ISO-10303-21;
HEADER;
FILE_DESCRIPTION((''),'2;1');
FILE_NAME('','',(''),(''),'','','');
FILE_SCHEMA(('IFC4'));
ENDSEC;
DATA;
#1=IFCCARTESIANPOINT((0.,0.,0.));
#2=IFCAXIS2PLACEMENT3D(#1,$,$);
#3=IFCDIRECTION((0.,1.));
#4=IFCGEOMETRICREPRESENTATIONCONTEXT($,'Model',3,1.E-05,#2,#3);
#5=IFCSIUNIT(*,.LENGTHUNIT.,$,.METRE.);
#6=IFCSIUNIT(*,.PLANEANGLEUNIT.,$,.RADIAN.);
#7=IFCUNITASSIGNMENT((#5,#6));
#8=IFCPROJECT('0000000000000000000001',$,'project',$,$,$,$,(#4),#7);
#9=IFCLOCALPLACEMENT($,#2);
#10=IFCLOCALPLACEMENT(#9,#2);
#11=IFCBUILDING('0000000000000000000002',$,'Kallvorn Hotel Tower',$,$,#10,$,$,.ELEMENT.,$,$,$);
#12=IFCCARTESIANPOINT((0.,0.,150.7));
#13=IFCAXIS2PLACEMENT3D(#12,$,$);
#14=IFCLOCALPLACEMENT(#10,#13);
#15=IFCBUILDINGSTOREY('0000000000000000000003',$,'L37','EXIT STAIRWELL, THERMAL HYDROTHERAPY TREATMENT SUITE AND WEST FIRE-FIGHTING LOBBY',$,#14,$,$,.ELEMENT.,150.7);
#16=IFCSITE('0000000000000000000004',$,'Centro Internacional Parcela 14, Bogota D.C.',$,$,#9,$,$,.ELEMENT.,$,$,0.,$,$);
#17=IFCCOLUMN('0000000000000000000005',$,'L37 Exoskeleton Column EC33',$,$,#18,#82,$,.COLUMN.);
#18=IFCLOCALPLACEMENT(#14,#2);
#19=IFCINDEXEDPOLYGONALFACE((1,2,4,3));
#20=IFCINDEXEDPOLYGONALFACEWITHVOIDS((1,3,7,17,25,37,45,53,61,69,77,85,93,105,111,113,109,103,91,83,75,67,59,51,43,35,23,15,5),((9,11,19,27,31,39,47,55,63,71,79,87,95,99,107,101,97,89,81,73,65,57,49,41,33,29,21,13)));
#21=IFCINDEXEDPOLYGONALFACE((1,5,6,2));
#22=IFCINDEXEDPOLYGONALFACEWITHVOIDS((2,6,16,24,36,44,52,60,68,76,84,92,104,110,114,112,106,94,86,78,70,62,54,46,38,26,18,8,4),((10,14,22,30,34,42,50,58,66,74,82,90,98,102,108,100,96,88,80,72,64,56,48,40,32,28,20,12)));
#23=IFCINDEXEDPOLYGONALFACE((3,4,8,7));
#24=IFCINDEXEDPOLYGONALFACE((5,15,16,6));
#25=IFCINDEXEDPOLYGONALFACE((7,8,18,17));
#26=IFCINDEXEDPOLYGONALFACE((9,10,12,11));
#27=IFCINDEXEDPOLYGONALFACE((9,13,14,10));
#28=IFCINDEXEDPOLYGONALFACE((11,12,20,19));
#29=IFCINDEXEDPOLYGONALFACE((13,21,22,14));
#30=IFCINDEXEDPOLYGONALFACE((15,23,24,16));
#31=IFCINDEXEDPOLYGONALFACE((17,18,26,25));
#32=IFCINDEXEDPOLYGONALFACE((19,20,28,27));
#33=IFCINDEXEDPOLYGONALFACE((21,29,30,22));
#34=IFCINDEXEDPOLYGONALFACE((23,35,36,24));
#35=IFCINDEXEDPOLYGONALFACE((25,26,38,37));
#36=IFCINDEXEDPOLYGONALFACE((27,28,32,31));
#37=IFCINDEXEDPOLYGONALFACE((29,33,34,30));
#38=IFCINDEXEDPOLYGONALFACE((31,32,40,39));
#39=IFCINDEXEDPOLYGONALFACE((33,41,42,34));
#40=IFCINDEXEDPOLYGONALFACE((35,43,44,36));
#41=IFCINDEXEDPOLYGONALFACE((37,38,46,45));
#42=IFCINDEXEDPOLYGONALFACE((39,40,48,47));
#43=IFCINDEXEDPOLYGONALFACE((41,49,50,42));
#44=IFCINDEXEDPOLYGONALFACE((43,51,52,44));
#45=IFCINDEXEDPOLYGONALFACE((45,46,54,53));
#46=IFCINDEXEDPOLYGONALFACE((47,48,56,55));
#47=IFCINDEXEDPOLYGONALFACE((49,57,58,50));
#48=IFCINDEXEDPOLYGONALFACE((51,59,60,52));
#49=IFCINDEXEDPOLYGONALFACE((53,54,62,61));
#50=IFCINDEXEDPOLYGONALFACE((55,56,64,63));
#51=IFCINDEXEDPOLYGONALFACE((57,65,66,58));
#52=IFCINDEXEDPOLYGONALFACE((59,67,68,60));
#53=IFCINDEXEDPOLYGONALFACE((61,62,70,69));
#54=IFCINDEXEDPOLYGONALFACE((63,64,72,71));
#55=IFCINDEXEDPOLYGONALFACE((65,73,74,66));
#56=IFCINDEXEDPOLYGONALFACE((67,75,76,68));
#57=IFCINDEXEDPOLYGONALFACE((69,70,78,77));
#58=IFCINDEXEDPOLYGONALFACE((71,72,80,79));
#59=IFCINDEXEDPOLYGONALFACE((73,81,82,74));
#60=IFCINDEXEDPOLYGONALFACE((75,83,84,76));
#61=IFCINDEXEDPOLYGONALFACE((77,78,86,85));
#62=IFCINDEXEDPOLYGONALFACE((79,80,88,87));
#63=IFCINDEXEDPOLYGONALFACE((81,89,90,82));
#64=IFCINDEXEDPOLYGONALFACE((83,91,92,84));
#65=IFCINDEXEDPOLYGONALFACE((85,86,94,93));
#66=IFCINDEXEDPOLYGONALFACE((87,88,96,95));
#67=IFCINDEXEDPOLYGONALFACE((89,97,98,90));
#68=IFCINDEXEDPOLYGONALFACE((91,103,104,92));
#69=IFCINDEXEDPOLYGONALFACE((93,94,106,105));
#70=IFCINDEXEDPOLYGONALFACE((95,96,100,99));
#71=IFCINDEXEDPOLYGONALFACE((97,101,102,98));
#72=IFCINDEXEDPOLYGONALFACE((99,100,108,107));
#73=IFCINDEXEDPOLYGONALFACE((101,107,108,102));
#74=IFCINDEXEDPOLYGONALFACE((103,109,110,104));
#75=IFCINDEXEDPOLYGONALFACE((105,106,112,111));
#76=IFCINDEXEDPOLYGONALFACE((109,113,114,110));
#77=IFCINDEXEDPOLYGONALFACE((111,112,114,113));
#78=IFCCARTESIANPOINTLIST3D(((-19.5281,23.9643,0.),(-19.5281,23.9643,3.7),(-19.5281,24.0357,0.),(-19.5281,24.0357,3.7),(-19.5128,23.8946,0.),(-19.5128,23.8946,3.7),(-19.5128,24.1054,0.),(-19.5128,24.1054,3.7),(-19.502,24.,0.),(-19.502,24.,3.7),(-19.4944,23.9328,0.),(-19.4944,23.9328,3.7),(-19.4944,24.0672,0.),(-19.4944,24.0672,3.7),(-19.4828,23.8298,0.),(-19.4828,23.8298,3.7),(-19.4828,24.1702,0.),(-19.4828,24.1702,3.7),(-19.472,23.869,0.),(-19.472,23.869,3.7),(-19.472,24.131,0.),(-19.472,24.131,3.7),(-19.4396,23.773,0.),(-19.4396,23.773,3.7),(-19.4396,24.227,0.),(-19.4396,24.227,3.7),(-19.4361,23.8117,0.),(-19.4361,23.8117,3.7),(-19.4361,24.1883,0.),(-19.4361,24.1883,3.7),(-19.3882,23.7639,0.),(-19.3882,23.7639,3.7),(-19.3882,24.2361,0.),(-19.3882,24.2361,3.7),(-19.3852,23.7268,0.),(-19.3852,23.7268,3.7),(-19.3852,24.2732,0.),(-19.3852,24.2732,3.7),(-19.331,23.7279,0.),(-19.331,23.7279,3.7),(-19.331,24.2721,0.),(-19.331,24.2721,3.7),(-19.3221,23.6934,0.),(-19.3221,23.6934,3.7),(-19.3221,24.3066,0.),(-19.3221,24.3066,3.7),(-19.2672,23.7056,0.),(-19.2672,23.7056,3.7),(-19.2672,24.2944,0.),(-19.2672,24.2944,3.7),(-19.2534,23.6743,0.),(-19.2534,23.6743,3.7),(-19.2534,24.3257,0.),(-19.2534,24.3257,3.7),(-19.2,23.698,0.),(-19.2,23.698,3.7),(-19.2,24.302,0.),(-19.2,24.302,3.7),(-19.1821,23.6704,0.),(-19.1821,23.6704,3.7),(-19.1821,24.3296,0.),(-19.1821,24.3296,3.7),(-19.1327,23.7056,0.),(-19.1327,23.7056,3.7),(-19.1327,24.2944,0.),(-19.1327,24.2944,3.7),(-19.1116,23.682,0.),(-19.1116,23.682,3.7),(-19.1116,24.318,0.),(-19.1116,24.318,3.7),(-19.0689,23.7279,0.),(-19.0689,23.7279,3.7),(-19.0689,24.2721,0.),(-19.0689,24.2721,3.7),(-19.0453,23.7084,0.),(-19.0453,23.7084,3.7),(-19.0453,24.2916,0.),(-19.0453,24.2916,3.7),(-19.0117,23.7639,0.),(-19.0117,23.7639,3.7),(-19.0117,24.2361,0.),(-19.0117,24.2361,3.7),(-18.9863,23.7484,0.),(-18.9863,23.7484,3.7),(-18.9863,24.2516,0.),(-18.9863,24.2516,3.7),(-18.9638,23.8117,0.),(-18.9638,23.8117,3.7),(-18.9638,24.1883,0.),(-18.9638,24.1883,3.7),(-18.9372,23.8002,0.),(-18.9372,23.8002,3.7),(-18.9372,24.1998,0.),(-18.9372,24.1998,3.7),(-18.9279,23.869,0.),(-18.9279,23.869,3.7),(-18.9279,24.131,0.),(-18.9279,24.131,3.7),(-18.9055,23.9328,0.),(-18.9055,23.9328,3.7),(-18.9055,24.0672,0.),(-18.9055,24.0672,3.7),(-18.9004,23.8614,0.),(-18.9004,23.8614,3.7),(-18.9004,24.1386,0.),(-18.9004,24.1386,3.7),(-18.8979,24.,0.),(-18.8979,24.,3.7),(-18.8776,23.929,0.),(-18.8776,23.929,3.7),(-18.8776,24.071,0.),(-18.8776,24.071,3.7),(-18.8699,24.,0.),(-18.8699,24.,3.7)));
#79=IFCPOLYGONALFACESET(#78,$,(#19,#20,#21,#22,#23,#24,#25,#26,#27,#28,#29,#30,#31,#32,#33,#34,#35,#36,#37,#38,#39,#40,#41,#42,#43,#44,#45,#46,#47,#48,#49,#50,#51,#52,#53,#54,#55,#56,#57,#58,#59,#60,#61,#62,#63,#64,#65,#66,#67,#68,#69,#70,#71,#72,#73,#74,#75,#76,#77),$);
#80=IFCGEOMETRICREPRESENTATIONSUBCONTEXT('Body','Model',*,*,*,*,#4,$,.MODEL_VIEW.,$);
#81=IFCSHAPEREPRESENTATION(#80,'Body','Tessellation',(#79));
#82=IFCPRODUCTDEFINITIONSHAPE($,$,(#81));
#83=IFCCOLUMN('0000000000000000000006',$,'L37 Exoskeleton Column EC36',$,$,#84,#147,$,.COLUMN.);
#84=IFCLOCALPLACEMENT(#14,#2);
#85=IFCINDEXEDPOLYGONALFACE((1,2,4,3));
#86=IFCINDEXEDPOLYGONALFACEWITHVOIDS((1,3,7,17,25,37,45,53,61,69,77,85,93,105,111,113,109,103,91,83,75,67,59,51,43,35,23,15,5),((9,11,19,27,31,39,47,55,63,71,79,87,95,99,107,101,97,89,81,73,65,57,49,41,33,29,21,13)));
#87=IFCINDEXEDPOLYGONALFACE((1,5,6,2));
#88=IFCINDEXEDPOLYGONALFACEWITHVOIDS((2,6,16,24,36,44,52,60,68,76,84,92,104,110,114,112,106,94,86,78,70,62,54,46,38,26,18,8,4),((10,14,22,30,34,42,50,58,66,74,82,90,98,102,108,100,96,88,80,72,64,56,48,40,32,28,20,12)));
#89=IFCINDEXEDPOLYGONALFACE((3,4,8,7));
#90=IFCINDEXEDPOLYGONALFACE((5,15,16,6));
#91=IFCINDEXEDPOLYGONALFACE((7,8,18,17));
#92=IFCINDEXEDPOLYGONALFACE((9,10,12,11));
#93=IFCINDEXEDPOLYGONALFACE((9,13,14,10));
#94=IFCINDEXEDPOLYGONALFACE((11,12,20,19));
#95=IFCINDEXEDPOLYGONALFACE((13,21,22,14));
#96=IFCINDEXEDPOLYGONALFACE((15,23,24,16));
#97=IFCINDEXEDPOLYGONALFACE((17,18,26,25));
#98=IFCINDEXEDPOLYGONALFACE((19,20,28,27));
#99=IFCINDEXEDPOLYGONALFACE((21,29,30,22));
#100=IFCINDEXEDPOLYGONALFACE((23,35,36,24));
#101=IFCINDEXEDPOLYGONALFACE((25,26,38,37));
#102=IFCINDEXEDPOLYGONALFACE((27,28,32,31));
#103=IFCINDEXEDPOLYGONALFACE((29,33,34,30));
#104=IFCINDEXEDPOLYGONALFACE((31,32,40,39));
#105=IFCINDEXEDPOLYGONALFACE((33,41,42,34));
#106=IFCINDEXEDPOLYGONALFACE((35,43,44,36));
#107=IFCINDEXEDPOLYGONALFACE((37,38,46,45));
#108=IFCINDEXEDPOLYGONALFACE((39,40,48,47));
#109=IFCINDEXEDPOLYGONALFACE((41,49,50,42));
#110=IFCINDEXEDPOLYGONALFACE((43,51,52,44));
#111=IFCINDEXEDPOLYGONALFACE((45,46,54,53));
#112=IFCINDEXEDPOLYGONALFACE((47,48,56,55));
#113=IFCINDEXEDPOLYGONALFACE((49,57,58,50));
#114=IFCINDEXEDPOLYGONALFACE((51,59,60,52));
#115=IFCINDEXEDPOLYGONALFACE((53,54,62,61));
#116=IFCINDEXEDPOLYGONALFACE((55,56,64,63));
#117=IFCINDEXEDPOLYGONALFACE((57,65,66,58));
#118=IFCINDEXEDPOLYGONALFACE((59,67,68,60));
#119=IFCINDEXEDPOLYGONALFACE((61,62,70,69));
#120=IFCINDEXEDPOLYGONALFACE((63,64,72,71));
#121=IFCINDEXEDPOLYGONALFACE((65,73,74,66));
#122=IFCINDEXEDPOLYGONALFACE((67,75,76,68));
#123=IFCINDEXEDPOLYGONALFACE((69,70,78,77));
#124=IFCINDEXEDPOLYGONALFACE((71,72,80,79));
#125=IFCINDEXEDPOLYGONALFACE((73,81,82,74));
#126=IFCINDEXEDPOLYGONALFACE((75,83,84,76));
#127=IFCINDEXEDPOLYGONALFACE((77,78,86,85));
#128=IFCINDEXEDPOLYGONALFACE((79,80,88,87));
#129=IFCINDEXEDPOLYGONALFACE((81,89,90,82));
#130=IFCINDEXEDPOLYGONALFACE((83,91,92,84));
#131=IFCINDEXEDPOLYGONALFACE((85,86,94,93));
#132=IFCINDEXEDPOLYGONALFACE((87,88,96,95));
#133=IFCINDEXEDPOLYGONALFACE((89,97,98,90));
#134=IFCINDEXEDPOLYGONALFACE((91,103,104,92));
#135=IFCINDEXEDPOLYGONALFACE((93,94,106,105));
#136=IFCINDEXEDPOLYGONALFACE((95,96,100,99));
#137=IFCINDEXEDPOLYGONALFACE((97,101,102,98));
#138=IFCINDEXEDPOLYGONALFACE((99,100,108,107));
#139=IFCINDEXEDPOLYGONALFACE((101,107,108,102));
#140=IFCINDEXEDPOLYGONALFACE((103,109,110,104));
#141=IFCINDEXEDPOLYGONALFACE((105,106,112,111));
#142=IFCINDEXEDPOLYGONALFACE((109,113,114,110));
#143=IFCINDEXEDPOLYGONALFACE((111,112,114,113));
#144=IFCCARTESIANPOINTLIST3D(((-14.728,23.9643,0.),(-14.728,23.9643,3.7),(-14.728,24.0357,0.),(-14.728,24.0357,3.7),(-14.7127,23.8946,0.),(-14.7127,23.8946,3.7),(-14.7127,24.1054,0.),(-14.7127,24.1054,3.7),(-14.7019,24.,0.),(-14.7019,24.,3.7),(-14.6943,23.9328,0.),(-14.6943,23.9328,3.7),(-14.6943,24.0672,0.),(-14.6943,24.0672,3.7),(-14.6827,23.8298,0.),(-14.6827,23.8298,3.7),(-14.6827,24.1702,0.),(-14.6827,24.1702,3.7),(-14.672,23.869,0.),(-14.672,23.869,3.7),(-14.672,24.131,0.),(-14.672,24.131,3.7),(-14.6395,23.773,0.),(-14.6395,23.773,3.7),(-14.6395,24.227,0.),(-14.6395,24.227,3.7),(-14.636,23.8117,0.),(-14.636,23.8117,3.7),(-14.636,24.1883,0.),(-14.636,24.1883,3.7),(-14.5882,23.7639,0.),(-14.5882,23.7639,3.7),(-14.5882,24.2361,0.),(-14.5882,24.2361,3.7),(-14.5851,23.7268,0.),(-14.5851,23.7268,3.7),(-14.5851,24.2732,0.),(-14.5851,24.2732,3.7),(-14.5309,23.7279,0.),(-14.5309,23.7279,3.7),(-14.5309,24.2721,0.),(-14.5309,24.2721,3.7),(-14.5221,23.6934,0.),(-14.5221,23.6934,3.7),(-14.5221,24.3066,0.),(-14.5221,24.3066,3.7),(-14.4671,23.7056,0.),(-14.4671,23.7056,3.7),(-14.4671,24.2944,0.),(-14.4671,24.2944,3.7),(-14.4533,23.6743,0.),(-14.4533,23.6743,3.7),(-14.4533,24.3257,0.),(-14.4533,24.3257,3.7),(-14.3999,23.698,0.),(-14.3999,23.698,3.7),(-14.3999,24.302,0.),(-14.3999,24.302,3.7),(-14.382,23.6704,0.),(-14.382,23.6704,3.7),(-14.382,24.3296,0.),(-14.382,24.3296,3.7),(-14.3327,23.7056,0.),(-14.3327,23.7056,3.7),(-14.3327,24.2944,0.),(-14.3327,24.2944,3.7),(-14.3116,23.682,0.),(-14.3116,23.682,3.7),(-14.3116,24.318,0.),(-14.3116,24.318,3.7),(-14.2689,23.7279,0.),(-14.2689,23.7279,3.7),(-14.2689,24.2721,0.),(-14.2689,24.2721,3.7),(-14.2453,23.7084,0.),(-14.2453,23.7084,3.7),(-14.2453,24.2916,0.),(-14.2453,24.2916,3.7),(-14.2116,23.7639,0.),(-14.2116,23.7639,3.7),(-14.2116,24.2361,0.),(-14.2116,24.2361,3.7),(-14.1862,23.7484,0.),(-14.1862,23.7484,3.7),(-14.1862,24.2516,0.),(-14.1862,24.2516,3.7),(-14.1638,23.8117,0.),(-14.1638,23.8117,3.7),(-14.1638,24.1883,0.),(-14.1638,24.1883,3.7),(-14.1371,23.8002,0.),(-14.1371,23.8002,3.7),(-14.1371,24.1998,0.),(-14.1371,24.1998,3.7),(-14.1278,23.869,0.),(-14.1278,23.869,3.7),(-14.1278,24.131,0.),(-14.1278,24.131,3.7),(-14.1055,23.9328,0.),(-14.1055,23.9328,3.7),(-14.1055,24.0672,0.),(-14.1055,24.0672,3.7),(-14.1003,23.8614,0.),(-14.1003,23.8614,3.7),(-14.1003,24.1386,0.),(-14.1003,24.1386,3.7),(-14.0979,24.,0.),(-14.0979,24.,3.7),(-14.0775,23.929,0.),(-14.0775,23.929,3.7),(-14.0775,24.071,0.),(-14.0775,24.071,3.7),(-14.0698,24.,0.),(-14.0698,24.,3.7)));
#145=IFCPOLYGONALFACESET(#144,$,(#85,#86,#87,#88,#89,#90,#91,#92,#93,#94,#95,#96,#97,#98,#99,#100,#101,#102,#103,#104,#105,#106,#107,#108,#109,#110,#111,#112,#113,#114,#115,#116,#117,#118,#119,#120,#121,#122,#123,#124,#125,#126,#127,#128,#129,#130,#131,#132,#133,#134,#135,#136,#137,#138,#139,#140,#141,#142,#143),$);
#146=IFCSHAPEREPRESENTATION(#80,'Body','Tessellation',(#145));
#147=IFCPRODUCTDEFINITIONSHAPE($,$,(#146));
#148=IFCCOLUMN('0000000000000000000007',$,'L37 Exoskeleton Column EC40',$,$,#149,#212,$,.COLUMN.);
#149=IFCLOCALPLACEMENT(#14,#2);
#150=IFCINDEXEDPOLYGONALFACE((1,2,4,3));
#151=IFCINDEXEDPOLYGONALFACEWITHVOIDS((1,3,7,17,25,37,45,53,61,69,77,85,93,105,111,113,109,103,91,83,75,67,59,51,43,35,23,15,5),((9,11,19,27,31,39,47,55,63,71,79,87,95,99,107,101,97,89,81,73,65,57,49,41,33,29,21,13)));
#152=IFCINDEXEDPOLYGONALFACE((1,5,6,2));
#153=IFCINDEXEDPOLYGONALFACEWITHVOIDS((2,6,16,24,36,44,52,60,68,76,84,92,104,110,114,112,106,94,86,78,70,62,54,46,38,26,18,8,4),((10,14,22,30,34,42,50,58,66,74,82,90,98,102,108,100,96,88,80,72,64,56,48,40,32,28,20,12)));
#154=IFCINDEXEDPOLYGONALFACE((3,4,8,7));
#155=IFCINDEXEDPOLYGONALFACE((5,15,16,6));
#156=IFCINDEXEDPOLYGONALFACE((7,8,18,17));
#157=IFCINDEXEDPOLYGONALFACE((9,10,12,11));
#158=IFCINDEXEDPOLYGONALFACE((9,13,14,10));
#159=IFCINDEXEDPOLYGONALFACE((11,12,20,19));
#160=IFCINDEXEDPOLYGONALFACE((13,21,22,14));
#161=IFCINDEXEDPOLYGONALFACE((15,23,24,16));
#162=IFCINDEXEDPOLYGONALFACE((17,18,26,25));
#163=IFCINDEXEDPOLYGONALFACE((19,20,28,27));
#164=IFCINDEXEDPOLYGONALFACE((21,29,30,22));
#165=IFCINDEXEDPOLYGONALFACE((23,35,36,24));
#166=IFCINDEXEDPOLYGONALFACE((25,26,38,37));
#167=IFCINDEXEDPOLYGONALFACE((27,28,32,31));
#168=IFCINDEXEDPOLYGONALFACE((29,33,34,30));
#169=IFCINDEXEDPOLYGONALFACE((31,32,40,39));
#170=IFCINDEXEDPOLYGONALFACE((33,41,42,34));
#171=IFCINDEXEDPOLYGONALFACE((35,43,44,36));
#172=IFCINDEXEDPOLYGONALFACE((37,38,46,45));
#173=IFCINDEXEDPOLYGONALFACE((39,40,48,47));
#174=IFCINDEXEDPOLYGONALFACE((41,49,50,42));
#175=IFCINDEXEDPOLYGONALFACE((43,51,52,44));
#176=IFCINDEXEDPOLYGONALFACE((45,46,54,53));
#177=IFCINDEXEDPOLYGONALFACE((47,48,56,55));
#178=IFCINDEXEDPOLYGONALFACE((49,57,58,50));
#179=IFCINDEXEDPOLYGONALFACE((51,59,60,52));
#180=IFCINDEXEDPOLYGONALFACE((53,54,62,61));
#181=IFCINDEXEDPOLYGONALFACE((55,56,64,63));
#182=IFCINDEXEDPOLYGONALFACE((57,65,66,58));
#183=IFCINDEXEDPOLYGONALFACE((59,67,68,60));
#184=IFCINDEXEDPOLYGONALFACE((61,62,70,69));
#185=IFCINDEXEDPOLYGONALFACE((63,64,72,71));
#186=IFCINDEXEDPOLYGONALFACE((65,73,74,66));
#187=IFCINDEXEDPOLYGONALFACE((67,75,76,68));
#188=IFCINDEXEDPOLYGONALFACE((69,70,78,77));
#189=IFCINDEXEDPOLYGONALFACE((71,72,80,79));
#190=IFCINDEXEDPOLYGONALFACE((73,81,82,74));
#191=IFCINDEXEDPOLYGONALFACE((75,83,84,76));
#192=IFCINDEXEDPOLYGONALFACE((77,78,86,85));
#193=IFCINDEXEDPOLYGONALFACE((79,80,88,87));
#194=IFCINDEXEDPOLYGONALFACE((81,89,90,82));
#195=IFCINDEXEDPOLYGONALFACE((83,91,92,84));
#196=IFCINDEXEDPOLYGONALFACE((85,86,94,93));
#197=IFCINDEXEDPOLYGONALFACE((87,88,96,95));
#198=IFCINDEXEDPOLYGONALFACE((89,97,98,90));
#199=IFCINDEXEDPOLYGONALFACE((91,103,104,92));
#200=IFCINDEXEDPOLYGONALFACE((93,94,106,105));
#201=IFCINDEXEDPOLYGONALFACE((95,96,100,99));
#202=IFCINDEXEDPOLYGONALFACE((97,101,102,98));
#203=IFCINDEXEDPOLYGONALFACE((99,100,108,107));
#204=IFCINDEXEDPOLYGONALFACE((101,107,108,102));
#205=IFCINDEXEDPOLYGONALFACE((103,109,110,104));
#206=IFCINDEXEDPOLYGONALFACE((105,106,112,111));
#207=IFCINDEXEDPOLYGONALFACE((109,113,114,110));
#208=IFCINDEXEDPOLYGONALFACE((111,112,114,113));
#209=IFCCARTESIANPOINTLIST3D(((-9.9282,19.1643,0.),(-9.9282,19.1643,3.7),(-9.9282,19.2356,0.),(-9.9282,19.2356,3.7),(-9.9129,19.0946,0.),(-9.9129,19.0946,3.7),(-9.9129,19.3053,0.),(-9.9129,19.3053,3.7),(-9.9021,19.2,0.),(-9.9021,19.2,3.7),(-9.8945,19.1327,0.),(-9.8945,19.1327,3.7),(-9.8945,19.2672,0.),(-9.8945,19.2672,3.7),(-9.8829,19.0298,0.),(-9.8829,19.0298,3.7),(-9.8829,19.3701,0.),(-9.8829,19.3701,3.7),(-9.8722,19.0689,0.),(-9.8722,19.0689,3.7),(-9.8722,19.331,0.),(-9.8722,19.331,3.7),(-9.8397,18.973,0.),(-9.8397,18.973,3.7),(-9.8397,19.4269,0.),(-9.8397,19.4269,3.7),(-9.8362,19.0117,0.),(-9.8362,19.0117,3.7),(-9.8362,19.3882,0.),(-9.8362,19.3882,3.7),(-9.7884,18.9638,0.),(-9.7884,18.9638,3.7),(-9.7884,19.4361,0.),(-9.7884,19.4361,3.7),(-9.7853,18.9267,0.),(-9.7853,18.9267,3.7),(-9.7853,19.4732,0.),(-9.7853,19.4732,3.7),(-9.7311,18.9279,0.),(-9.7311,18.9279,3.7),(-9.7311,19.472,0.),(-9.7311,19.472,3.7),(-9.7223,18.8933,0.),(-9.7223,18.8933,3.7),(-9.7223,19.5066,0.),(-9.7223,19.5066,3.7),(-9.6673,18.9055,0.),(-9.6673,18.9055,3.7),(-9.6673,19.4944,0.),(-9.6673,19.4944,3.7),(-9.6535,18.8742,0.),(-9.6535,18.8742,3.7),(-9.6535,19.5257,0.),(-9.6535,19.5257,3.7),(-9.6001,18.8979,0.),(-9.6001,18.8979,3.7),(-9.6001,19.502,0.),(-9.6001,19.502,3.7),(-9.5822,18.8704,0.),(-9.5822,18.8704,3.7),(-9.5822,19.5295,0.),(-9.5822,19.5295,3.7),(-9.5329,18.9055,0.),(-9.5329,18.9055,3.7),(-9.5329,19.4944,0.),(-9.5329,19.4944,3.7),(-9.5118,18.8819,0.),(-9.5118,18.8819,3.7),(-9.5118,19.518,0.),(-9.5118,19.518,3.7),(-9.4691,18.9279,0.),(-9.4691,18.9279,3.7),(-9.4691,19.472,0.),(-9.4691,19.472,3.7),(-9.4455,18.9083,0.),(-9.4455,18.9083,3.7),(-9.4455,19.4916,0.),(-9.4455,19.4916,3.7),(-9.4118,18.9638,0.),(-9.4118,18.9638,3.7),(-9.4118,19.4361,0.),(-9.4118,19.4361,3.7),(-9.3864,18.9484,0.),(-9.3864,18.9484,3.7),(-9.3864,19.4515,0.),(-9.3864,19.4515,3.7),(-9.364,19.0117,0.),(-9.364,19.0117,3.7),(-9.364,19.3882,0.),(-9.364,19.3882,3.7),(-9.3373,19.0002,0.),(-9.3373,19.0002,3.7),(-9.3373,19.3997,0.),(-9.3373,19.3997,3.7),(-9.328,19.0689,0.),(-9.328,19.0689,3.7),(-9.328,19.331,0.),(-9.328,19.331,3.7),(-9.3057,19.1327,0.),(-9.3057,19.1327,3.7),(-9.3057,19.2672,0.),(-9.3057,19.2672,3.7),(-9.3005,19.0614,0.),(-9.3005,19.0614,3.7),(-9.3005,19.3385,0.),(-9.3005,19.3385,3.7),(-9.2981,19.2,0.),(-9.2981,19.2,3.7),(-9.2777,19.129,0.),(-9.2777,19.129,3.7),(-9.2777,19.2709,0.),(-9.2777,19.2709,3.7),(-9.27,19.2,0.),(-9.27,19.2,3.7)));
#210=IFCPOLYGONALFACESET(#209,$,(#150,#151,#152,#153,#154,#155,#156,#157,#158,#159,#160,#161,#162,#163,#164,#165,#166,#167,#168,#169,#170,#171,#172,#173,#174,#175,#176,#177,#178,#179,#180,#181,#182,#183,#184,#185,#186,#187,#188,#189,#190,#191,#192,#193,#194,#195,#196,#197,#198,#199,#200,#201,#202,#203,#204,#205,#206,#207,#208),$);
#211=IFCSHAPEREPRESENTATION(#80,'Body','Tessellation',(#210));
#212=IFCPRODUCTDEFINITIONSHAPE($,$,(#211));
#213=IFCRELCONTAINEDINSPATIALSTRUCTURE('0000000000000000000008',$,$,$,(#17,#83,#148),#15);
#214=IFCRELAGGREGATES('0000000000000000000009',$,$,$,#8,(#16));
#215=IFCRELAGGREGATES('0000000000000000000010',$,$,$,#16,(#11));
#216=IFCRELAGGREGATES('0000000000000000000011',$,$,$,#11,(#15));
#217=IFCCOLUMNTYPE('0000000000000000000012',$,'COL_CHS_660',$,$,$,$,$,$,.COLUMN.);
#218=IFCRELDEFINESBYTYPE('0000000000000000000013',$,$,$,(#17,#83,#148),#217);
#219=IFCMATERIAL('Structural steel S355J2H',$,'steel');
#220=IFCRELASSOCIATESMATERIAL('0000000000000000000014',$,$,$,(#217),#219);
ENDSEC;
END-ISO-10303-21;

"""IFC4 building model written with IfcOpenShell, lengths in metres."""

from ifc_helpers import new_model, si_unit, direction, frame, origin, origin_2d, place, context, subcontext, project, spatial, hollow_circle, extrude, material, material_profile, profile_set, type_object, element, save


model = new_model("IFC4")

# Units and contexts
model_context = context("Model", 3, precision=1e-05, world=origin(), true_north=direction((0.0, 1.0)))
body_context = subcontext(model_context, "Body", "Model", "MODEL_VIEW")
ifc_project = project(units=[si_unit("LENGTHUNIT", "METRE"), si_unit("PLANEANGLEUNIT", "RADIAN")], contexts=[model_context])

# Site, building, storey
site_placement = place(None, origin())
site = spatial("IfcSite", under=ifc_project, at=site_placement, Name="Centro Internacional Parcela 14, Bogota D.C.", CompositionType="ELEMENT", RefElevation=0.0)
building_placement = place(site_placement, origin())
building = spatial("IfcBuilding", under=site, at=building_placement, Name="Kallvorn Hotel Tower", CompositionType="ELEMENT")
storey_placement = place(building_placement, frame((0.0, 0.0, 150.7)))
storey = spatial("IfcBuildingStorey", under=building, at=storey_placement, Name="L37", Description="EXIT STAIRWELL, THERMAL HYDROTHERAPY TREATMENT SUITE AND WEST FIRE-FIGHTING LOBBY", CompositionType="ELEMENT", Elevation=150.7)

# Columns
ifc_material_1 = material(Name="Structural steel S355J2H", Category="steel")
ifc_material_profile_1 = material_profile(ifc_material_1, hollow_circle(Radius=0.3301, WallThickness=0.0281, at=origin_2d()), Name="CHS 660x28")
ifc_profile_set_1 = profile_set([ifc_material_profile_1], Name="Structural steel S355J2H")
column_type = type_object("IfcColumnType", Name="COL_CHS_660", PredefinedType="COLUMN", material=ifc_profile_set_1)
for number, where, z_axis, x_axis, name in (
    (1, (-19.2, 24.0, 0.0), (0.0, 0.0, 1.0), (1.0, 0.0, 0.0), "L37 Exoskeleton Column EC33"),
    (2, (-14.3999, 24.0, 0.0), (0.0, 0.0, 1.0), (1.0, 0.0, 0.0), "L37 Exoskeleton Column EC36"),
    (3, (-9.6001, 19.2, 0.0), (0.0, 0.0, 1.0), (1.0, 0.0, 0.0), "L37 Exoskeleton Column EC40"),
):
    element("IfcColumn", number, at=place(storey_placement, frame(where, z_axis=z_axis, x_axis=x_axis)), inside=storey, type_object=column_type, Name=name, PredefinedType="COLUMN", context=body_context, shape_type="SweptSolid", body=[
        extrude(hollow_circle(Radius=0.3301, WallThickness=0.0281, at=origin_2d()), origin(), (0.0, 0.0, 1.0), 3.7),
    ])

save(model, "model.ifc")
